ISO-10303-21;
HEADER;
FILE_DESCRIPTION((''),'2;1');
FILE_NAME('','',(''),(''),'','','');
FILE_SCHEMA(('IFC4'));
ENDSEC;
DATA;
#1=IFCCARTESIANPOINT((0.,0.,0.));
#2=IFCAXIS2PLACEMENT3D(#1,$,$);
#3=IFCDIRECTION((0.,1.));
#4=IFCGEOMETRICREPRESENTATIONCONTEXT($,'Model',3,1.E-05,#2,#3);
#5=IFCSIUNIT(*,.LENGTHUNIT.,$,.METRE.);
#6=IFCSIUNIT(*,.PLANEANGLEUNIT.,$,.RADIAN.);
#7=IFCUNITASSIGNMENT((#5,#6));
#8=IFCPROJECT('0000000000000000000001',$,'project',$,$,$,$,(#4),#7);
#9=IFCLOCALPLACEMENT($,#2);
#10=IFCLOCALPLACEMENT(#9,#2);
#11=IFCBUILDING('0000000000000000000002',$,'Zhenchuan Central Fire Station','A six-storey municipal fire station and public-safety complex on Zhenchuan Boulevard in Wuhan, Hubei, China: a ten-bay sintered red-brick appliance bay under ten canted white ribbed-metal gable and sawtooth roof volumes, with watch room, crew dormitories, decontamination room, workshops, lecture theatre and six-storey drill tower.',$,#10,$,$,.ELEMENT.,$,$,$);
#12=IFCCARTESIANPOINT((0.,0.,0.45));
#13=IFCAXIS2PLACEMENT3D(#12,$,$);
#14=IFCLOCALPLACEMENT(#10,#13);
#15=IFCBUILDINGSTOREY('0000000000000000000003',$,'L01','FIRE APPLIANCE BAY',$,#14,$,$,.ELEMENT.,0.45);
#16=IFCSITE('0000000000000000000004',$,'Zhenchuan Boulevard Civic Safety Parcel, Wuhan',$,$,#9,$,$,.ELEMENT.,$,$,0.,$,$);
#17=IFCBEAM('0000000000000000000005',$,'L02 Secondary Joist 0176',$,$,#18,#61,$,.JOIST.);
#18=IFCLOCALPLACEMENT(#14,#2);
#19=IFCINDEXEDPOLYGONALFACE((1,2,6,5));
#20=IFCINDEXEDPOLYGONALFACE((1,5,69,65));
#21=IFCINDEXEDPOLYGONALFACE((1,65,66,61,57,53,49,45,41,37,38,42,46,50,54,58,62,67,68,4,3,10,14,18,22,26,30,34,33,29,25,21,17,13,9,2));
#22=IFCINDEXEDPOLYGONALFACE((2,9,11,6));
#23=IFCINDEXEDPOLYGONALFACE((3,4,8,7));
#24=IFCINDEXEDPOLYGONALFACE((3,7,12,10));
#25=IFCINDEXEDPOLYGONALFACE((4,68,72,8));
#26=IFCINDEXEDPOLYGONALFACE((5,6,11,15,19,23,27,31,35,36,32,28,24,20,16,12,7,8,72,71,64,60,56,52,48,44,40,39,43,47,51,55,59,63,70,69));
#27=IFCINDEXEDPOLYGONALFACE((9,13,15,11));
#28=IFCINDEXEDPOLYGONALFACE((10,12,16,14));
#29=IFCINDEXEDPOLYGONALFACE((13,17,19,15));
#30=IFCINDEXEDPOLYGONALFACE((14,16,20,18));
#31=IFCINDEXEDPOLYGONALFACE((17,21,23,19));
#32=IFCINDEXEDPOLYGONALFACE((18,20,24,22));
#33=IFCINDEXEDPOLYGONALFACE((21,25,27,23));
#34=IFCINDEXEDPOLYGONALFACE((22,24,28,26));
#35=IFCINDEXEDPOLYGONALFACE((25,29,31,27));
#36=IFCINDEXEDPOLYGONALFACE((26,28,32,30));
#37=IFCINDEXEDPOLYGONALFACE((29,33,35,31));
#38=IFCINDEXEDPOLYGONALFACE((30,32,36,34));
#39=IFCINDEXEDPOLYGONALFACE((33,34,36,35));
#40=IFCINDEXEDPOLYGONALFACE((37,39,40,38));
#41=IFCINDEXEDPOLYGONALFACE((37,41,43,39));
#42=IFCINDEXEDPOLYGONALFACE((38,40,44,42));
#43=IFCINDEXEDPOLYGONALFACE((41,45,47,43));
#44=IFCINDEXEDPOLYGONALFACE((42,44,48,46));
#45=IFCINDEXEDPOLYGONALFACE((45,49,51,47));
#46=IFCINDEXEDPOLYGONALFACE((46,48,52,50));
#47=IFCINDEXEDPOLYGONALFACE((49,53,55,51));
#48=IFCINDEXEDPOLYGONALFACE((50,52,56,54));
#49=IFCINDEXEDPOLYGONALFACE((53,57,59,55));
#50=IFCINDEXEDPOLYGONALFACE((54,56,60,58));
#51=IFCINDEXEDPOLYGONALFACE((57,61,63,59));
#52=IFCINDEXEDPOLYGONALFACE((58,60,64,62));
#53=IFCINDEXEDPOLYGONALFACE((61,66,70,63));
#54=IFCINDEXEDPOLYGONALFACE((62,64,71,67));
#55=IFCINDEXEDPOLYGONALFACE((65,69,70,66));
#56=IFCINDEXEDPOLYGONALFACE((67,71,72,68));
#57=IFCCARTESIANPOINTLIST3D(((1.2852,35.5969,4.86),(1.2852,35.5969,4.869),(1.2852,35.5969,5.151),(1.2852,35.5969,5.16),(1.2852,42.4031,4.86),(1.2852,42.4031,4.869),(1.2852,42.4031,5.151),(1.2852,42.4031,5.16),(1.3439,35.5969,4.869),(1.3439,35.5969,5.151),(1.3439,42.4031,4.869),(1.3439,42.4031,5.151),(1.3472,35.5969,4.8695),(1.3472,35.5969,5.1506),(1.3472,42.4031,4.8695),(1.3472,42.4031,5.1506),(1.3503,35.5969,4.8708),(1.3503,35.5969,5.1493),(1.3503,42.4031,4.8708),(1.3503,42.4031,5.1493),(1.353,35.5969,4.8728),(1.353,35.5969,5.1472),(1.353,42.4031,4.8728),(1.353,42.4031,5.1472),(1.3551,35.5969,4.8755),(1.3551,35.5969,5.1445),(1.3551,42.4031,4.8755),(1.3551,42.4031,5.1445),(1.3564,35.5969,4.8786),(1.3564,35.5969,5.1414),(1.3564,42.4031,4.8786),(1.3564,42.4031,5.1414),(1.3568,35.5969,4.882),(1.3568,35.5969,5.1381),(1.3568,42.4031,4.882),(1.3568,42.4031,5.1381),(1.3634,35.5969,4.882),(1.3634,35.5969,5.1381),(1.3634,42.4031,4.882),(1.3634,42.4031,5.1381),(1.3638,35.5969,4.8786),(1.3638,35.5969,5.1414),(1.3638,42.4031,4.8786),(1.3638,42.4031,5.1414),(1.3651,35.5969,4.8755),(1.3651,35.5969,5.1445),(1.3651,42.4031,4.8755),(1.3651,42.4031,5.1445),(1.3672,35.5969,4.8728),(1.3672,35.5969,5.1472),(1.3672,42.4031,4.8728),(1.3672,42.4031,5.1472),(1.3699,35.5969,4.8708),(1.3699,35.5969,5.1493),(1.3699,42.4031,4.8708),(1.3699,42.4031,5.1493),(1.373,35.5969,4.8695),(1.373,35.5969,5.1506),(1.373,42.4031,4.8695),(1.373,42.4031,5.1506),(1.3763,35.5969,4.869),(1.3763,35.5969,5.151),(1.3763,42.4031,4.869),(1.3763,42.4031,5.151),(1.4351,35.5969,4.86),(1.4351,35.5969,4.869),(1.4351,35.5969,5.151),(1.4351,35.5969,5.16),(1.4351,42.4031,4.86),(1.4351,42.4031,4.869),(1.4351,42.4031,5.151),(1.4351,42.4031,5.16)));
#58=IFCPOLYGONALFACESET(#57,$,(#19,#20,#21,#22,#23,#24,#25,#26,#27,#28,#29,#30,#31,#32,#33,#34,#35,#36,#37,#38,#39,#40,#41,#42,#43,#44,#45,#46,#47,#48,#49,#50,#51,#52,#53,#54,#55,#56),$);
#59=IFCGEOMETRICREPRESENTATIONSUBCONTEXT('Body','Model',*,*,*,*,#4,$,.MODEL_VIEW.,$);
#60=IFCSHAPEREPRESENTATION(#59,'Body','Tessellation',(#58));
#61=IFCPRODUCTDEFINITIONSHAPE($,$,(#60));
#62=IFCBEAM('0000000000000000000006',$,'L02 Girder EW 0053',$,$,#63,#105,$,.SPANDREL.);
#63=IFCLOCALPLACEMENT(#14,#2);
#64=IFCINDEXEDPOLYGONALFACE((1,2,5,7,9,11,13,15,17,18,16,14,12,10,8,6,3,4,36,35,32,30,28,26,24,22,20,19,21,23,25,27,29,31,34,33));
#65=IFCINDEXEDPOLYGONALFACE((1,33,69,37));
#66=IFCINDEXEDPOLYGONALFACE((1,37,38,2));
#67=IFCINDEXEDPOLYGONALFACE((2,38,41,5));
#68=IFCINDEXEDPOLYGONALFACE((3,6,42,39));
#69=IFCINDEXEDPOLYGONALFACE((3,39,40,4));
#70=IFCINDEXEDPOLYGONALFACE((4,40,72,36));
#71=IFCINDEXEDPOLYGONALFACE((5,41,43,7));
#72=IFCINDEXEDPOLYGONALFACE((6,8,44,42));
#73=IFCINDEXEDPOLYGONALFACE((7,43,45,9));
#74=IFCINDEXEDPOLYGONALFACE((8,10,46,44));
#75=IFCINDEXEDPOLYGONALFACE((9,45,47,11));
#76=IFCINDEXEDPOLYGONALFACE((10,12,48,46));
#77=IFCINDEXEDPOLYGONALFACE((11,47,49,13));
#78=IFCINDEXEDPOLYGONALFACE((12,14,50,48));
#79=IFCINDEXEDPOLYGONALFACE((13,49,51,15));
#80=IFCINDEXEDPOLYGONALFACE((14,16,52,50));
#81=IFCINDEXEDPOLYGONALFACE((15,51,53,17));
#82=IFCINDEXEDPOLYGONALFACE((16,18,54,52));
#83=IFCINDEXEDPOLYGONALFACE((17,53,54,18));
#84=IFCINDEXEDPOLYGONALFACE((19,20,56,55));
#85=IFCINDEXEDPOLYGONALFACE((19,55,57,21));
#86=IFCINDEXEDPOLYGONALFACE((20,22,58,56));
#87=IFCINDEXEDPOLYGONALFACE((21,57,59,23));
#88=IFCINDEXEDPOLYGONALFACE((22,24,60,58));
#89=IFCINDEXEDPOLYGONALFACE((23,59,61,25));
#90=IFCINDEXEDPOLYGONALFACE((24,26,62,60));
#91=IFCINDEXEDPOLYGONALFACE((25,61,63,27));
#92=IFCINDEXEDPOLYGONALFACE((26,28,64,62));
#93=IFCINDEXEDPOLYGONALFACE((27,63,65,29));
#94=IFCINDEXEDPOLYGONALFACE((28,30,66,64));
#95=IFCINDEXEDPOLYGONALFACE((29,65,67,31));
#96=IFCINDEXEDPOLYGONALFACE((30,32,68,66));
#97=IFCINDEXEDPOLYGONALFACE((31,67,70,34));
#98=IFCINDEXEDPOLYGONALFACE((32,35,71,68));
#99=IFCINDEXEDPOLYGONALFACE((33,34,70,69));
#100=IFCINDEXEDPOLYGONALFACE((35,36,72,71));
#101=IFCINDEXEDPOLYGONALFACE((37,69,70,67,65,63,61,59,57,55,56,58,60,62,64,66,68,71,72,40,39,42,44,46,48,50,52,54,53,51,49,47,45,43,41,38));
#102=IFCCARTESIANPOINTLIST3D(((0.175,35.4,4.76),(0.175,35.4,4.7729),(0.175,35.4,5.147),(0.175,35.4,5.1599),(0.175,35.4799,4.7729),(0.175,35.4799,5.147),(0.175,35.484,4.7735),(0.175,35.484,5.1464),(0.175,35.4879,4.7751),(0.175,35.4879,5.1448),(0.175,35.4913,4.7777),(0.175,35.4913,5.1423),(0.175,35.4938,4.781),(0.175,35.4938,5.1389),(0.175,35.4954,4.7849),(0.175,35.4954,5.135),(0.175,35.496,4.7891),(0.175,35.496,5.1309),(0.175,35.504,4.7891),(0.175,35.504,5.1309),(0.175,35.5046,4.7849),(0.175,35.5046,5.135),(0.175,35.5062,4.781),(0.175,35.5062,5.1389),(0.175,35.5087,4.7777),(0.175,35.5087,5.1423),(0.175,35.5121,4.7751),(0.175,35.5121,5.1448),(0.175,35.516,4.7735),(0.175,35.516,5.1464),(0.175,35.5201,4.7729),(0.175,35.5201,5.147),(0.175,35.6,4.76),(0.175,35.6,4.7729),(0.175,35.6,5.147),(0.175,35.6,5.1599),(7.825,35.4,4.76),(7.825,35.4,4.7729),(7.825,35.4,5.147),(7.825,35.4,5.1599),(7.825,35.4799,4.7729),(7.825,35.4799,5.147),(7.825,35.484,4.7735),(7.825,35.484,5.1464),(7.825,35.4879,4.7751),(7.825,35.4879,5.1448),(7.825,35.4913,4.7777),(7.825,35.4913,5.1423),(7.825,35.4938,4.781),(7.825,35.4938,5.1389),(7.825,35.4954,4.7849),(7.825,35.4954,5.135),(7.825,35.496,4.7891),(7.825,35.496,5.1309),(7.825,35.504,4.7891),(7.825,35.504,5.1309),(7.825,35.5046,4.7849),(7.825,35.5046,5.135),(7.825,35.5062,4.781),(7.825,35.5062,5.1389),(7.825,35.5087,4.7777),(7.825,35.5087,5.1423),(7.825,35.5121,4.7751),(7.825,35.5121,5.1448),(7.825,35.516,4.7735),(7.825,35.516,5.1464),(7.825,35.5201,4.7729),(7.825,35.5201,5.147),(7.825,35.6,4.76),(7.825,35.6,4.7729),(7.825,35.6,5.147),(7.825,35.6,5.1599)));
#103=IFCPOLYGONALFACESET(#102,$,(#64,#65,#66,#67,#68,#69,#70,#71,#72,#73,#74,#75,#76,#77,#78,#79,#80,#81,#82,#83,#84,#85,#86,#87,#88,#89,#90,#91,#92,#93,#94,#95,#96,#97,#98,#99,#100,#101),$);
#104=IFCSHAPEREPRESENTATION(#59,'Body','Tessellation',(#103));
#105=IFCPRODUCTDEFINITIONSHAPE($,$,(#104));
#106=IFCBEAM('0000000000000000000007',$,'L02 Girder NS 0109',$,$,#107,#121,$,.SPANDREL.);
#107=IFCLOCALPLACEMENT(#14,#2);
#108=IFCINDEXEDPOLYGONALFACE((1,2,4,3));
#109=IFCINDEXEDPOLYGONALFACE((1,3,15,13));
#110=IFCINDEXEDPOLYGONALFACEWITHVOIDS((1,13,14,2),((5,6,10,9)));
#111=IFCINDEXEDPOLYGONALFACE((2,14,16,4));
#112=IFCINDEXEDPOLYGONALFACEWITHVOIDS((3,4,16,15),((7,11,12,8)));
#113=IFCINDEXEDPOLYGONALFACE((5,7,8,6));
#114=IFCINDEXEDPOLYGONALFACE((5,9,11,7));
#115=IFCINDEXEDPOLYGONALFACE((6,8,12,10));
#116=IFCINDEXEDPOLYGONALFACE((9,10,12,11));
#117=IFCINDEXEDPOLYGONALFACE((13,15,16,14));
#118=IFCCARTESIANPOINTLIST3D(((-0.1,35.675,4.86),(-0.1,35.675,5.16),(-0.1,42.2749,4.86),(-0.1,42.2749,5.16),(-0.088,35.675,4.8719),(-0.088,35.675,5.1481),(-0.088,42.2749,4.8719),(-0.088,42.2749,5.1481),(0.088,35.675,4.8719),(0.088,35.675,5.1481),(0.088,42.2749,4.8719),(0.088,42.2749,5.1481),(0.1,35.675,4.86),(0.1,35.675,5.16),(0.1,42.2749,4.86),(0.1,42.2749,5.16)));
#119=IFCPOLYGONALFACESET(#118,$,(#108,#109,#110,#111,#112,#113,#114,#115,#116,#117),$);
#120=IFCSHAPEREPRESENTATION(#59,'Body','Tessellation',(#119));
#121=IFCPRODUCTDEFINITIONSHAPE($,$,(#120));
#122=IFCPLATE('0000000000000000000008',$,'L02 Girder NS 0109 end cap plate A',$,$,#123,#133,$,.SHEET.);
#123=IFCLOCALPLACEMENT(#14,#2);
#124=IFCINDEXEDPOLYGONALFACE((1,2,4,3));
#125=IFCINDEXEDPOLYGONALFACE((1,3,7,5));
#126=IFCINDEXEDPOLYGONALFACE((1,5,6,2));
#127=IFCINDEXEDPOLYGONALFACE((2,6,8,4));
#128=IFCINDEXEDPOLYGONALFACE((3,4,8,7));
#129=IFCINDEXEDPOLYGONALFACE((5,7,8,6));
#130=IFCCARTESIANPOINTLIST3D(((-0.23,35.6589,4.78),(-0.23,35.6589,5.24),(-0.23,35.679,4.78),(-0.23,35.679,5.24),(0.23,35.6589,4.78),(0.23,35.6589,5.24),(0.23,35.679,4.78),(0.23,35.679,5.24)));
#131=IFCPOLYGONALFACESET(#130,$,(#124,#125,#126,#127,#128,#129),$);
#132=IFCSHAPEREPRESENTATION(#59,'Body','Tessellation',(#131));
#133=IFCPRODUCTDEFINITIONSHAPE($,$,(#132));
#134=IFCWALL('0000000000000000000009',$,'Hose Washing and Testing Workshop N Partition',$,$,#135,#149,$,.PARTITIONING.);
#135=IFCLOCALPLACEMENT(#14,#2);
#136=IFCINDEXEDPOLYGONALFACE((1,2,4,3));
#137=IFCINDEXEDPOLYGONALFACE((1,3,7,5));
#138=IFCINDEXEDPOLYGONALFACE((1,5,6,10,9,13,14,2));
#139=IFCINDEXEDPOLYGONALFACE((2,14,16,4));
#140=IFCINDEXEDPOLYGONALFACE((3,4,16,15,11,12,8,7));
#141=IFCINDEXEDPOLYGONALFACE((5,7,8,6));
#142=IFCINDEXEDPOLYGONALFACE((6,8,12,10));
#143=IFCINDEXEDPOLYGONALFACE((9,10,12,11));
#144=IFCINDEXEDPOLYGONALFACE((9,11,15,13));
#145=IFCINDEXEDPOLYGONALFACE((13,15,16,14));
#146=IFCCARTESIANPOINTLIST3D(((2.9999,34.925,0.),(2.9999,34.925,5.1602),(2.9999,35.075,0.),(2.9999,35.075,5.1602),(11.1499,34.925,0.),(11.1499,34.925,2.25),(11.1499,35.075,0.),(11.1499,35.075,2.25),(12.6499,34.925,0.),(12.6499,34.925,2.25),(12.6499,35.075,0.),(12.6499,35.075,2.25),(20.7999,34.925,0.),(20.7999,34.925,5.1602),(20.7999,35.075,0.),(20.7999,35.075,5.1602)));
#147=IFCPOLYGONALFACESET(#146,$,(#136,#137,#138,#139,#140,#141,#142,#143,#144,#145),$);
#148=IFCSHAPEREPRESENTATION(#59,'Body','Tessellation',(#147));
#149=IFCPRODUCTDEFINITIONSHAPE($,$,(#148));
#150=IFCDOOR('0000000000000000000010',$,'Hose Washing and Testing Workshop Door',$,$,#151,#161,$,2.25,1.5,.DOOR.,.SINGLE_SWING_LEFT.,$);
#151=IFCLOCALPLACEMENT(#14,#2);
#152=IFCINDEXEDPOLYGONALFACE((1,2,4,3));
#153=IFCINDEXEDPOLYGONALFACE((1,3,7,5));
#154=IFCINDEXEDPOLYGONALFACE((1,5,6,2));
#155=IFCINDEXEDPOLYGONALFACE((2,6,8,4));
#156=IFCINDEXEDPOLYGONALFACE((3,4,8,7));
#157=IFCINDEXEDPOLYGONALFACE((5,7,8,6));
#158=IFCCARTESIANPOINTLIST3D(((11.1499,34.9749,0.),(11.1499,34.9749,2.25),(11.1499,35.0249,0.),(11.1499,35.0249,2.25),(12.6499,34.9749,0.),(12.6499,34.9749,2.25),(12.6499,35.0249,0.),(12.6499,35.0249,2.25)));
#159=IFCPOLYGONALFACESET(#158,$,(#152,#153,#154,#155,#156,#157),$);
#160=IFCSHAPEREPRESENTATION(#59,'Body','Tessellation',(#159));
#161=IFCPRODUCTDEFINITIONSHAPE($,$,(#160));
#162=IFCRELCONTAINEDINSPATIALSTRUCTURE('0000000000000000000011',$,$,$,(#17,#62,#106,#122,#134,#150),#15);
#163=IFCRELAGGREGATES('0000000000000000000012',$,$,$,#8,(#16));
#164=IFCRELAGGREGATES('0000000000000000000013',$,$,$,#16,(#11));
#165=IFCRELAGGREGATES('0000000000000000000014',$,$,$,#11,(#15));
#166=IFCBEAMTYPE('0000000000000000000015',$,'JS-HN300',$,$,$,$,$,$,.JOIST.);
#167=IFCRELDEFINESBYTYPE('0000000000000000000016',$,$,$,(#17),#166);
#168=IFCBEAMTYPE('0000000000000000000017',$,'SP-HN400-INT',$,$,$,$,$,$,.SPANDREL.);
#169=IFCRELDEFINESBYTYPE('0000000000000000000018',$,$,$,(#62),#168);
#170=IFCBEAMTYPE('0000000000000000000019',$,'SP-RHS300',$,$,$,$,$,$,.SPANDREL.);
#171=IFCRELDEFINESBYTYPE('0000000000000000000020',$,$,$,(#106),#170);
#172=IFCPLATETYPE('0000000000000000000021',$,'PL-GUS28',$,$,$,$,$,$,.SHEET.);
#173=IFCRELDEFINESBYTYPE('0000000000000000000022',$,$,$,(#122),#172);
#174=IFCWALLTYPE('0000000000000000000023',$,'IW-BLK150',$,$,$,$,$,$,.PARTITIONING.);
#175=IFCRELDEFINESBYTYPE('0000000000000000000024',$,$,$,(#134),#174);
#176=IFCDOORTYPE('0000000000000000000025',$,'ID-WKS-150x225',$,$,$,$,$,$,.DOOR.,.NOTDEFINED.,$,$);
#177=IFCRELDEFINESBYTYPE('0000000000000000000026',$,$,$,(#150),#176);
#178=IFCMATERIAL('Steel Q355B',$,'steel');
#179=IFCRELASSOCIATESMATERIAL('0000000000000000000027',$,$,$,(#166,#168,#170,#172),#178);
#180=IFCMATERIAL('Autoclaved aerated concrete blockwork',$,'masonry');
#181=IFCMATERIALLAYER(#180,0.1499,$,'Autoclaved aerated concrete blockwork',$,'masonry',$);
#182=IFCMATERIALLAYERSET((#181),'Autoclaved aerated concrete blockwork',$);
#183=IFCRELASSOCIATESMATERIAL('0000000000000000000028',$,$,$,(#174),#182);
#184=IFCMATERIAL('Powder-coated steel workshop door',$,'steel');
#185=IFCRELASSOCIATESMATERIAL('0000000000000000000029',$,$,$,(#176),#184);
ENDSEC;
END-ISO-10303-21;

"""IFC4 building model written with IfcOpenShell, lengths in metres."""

from ifc_helpers import new_model, si_unit, direction, frame, frame_2d, origin, origin_2d, place, context, subcontext, project, spatial, rectangle, hollow_rectangle, i_section, extrude, material, layer, layer_set, material_profile, profile_set, type_object, element, fill, save


model = new_model("IFC4")

# Units and contexts
model_context = context("Model", 3, precision=1e-05, world=origin(), true_north=direction((0.0, 1.0)))
body_context = subcontext(model_context, "Body", "Model", "MODEL_VIEW")
ifc_project = project(units=[si_unit("LENGTHUNIT", "METRE"), si_unit("PLANEANGLEUNIT", "RADIAN")], contexts=[model_context])

# Site, building, storey
site_placement = place(None, origin())
site = spatial("IfcSite", under=ifc_project, at=site_placement, Name="Zhenchuan Boulevard Civic Safety Parcel, Wuhan", CompositionType="ELEMENT", RefElevation=0.0)
building_placement = place(site_placement, origin())
building = spatial("IfcBuilding", under=site, at=building_placement, Name="Zhenchuan Central Fire Station", Description="A six-storey municipal fire station and public-safety complex on Zhenchuan Boulevard in Wuhan, Hubei, China: a ten-bay sintered red-brick appliance bay under ten canted white ribbed-metal gable and sawtooth roof volumes, with watch room, crew dormitories, decontamination room, workshops, lecture theatre and six-storey drill tower.", CompositionType="ELEMENT")
storey_placement = place(building_placement, frame((0.0, 0.0, 0.45)))
storey = spatial("IfcBuildingStorey", under=building, at=storey_placement, Name="L01", Description="FIRE APPLIANCE BAY", CompositionType="ELEMENT", Elevation=0.45)

# Shared definitions
ifc_material_1 = material(Name="Steel Q355B", Category="steel")

# Beams
ifc_material_profile_1 = material_profile(ifc_material_1, i_section(OverallWidth=0.1499, OverallDepth=0.3, WebThickness=0.0066, FlangeThickness=0.009, FilletRadius=0.0129, at=origin_2d()), Name="HN 300x150")
ifc_profile_set_1 = profile_set([ifc_material_profile_1], Name="Steel Q355B")
beam_type_1 = type_object("IfcBeamType", Name="JS-HN300", PredefinedType="JOIST", material=ifc_profile_set_1)
beam_1_placement = place(storey_placement, frame((1.3601, 35.5969, 5.01), z_axis=(0.0, 1.0, 0.0), x_axis=(-1.0, 0.0, 0.0)))
element("IfcBeam", 1, at=beam_1_placement, inside=storey, type_object=beam_type_1, Name="L02 Secondary Joist 0176", PredefinedType="JOIST", context=body_context, shape_type="SweptSolid", body=[
    extrude(i_section(OverallWidth=0.1499, OverallDepth=0.3, WebThickness=0.0066, FlangeThickness=0.009, FilletRadius=0.0129, at=origin_2d()), origin(), (0.0, 0.0, 1.0), 6.8062),
])
ifc_material_profile_2 = material_profile(ifc_material_1, i_section(OverallWidth=0.2, OverallDepth=0.3999, WebThickness=0.0081, FlangeThickness=0.0129, FilletRadius=0.0161, at=origin_2d()), Name="HN 400x200")
ifc_profile_set_2 = profile_set([ifc_material_profile_2], Name="Steel Q355B")
beam_type_2 = type_object("IfcBeamType", Name="SP-HN400-INT", PredefinedType="SPANDREL", material=ifc_profile_set_2)
beam_2_placement = place(storey_placement, frame((0.175, 35.5, 4.96), z_axis=(1.0, 0.0, 0.0), x_axis=(0.0, 1.0, 0.0)))
element("IfcBeam", 2, at=beam_2_placement, inside=storey, type_object=beam_type_2, Name="L02 Girder EW 0053", PredefinedType="SPANDREL", context=body_context, shape_type="SweptSolid", body=[
    extrude(i_section(OverallWidth=0.2, OverallDepth=0.3999, WebThickness=0.0081, FlangeThickness=0.0129, FilletRadius=0.0161, at=origin_2d()), origin(), (0.0, 0.0, 1.0), 7.6499),
])
ifc_material_profile_3 = material_profile(ifc_material_1, hollow_rectangle(XDim=0.2, YDim=0.3, WallThickness=0.012, at=origin_2d()), Name="RHS 300x200x12")
ifc_profile_set_3 = profile_set([ifc_material_profile_3], Name="Steel Q355B")
beam_type_3 = type_object("IfcBeamType", Name="SP-RHS300", PredefinedType="SPANDREL", material=ifc_profile_set_3)
beam_3_placement = place(storey_placement, frame((0.0, 35.675, 5.01), z_axis=(0.0, 1.0, 0.0), x_axis=(-1.0, 0.0, 0.0)))
element("IfcBeam", 3, at=beam_3_placement, inside=storey, type_object=beam_type_3, Name="L02 Girder NS 0109", PredefinedType="SPANDREL", context=body_context, shape_type="SweptSolid", body=[
    extrude(hollow_rectangle(XDim=0.2, YDim=0.3, WallThickness=0.012, at=origin_2d()), origin(), (0.0, 0.0, 1.0), 6.5999),
])

# Plate
ifc_material_profile_4 = material_profile(ifc_material_1, rectangle(XDim=0.46, YDim=0.46, at=origin_2d()), Name="PL 460x460x28")
ifc_profile_set_4 = profile_set([ifc_material_profile_4], Name="Steel Q355B")
plate_type = type_object("IfcPlateType", Name="PL-GUS28", PredefinedType="SHEET", material=ifc_profile_set_4)
plate_placement = place(storey_placement, frame((0.0, 35.6589, 5.01), z_axis=(0.0, 1.0, 0.0), x_axis=(-1.0, 0.0, 0.0)))
element("IfcPlate", 4, at=plate_placement, inside=storey, type_object=plate_type, Name="L02 Girder NS 0109 end cap plate A", PredefinedType="SHEET", context=body_context, shape_type="SweptSolid", body=[
    extrude(rectangle(XDim=0.46, YDim=0.46, at=origin_2d()), origin(), (0.0, 0.0, 1.0), 0.02),
])

# Wall, opening, door
ifc_material_2 = material(Name="Autoclaved aerated concrete blockwork", Category="masonry")
ifc_layer_1 = layer(ifc_material_2, 0.1499, Name="Autoclaved aerated concrete blockwork", Category="masonry")
ifc_layer_set_1 = layer_set([ifc_layer_1], Name="Autoclaved aerated concrete blockwork")
wall_type_1 = type_object("IfcWallType", Name="IW-BLK150", PredefinedType="PARTITIONING", material=ifc_layer_set_1)
wall_1_placement = place(storey_placement, frame((3.0, 35.0, 0.0), z_axis=(0.0, 0.0, 1.0), x_axis=(1.0, 0.0, 0.0)))
wall_1 = element("IfcWall", 5, at=wall_1_placement, inside=storey, type_object=wall_type_1, Name="Hose Washing and Testing Workshop N Partition", PredefinedType="PARTITIONING", context=body_context, shape_type="SweptSolid", body=[
    extrude(rectangle(XDim=17.8, YDim=0.1499, at=frame_2d((8.8999, 0.0))), origin(), (0.0, 0.0, 1.0), 5.1602),
])
opening_1_placement = place(wall_1_placement, frame((8.1499, 0.0, 0.0)))
opening_1 = element("IfcOpeningElement", 6, at=opening_1_placement, cuts=wall_1, PredefinedType="OPENING", context=body_context, shape_type="SweptSolid", body=[
    extrude(rectangle(XDim=1.5, YDim=2.25, at=frame_2d((0.75, 1.125))), frame((0.0, 0.085, 0.0), z_axis=(0.0, -1.0, 0.0), x_axis=(1.0, 0.0, 0.0)), (0.0, 0.0, 1.0), 0.1699),
])
ifc_material_3 = material(Name="Powder-coated steel workshop door", Category="steel")
door_type = type_object("IfcDoorType", Name="ID-WKS-150x225", OperationType="NOTDEFINED", PredefinedType="DOOR", material=ifc_material_3)
door_1_placement = place(opening_1_placement, origin())
door_1 = element("IfcDoor", 7, at=door_1_placement, inside=storey, type_object=door_type, Name="Hose Washing and Testing Workshop Door", OperationType="SINGLE_SWING_LEFT", OverallHeight=2.25, OverallWidth=1.5, PredefinedType="DOOR", context=body_context, shape_type="SweptSolid", body=[
    extrude(rectangle(XDim=1.5, YDim=2.25, at=frame_2d((0.75, 1.125))), frame((0.0, 0.0249, 0.0), z_axis=(0.0, -1.0, 0.0), x_axis=(1.0, 0.0, 0.0)), (0.0, 0.0, 1.0), 0.05),
])
fill(opening_1, door_1)

save(model, "model.ifc")
